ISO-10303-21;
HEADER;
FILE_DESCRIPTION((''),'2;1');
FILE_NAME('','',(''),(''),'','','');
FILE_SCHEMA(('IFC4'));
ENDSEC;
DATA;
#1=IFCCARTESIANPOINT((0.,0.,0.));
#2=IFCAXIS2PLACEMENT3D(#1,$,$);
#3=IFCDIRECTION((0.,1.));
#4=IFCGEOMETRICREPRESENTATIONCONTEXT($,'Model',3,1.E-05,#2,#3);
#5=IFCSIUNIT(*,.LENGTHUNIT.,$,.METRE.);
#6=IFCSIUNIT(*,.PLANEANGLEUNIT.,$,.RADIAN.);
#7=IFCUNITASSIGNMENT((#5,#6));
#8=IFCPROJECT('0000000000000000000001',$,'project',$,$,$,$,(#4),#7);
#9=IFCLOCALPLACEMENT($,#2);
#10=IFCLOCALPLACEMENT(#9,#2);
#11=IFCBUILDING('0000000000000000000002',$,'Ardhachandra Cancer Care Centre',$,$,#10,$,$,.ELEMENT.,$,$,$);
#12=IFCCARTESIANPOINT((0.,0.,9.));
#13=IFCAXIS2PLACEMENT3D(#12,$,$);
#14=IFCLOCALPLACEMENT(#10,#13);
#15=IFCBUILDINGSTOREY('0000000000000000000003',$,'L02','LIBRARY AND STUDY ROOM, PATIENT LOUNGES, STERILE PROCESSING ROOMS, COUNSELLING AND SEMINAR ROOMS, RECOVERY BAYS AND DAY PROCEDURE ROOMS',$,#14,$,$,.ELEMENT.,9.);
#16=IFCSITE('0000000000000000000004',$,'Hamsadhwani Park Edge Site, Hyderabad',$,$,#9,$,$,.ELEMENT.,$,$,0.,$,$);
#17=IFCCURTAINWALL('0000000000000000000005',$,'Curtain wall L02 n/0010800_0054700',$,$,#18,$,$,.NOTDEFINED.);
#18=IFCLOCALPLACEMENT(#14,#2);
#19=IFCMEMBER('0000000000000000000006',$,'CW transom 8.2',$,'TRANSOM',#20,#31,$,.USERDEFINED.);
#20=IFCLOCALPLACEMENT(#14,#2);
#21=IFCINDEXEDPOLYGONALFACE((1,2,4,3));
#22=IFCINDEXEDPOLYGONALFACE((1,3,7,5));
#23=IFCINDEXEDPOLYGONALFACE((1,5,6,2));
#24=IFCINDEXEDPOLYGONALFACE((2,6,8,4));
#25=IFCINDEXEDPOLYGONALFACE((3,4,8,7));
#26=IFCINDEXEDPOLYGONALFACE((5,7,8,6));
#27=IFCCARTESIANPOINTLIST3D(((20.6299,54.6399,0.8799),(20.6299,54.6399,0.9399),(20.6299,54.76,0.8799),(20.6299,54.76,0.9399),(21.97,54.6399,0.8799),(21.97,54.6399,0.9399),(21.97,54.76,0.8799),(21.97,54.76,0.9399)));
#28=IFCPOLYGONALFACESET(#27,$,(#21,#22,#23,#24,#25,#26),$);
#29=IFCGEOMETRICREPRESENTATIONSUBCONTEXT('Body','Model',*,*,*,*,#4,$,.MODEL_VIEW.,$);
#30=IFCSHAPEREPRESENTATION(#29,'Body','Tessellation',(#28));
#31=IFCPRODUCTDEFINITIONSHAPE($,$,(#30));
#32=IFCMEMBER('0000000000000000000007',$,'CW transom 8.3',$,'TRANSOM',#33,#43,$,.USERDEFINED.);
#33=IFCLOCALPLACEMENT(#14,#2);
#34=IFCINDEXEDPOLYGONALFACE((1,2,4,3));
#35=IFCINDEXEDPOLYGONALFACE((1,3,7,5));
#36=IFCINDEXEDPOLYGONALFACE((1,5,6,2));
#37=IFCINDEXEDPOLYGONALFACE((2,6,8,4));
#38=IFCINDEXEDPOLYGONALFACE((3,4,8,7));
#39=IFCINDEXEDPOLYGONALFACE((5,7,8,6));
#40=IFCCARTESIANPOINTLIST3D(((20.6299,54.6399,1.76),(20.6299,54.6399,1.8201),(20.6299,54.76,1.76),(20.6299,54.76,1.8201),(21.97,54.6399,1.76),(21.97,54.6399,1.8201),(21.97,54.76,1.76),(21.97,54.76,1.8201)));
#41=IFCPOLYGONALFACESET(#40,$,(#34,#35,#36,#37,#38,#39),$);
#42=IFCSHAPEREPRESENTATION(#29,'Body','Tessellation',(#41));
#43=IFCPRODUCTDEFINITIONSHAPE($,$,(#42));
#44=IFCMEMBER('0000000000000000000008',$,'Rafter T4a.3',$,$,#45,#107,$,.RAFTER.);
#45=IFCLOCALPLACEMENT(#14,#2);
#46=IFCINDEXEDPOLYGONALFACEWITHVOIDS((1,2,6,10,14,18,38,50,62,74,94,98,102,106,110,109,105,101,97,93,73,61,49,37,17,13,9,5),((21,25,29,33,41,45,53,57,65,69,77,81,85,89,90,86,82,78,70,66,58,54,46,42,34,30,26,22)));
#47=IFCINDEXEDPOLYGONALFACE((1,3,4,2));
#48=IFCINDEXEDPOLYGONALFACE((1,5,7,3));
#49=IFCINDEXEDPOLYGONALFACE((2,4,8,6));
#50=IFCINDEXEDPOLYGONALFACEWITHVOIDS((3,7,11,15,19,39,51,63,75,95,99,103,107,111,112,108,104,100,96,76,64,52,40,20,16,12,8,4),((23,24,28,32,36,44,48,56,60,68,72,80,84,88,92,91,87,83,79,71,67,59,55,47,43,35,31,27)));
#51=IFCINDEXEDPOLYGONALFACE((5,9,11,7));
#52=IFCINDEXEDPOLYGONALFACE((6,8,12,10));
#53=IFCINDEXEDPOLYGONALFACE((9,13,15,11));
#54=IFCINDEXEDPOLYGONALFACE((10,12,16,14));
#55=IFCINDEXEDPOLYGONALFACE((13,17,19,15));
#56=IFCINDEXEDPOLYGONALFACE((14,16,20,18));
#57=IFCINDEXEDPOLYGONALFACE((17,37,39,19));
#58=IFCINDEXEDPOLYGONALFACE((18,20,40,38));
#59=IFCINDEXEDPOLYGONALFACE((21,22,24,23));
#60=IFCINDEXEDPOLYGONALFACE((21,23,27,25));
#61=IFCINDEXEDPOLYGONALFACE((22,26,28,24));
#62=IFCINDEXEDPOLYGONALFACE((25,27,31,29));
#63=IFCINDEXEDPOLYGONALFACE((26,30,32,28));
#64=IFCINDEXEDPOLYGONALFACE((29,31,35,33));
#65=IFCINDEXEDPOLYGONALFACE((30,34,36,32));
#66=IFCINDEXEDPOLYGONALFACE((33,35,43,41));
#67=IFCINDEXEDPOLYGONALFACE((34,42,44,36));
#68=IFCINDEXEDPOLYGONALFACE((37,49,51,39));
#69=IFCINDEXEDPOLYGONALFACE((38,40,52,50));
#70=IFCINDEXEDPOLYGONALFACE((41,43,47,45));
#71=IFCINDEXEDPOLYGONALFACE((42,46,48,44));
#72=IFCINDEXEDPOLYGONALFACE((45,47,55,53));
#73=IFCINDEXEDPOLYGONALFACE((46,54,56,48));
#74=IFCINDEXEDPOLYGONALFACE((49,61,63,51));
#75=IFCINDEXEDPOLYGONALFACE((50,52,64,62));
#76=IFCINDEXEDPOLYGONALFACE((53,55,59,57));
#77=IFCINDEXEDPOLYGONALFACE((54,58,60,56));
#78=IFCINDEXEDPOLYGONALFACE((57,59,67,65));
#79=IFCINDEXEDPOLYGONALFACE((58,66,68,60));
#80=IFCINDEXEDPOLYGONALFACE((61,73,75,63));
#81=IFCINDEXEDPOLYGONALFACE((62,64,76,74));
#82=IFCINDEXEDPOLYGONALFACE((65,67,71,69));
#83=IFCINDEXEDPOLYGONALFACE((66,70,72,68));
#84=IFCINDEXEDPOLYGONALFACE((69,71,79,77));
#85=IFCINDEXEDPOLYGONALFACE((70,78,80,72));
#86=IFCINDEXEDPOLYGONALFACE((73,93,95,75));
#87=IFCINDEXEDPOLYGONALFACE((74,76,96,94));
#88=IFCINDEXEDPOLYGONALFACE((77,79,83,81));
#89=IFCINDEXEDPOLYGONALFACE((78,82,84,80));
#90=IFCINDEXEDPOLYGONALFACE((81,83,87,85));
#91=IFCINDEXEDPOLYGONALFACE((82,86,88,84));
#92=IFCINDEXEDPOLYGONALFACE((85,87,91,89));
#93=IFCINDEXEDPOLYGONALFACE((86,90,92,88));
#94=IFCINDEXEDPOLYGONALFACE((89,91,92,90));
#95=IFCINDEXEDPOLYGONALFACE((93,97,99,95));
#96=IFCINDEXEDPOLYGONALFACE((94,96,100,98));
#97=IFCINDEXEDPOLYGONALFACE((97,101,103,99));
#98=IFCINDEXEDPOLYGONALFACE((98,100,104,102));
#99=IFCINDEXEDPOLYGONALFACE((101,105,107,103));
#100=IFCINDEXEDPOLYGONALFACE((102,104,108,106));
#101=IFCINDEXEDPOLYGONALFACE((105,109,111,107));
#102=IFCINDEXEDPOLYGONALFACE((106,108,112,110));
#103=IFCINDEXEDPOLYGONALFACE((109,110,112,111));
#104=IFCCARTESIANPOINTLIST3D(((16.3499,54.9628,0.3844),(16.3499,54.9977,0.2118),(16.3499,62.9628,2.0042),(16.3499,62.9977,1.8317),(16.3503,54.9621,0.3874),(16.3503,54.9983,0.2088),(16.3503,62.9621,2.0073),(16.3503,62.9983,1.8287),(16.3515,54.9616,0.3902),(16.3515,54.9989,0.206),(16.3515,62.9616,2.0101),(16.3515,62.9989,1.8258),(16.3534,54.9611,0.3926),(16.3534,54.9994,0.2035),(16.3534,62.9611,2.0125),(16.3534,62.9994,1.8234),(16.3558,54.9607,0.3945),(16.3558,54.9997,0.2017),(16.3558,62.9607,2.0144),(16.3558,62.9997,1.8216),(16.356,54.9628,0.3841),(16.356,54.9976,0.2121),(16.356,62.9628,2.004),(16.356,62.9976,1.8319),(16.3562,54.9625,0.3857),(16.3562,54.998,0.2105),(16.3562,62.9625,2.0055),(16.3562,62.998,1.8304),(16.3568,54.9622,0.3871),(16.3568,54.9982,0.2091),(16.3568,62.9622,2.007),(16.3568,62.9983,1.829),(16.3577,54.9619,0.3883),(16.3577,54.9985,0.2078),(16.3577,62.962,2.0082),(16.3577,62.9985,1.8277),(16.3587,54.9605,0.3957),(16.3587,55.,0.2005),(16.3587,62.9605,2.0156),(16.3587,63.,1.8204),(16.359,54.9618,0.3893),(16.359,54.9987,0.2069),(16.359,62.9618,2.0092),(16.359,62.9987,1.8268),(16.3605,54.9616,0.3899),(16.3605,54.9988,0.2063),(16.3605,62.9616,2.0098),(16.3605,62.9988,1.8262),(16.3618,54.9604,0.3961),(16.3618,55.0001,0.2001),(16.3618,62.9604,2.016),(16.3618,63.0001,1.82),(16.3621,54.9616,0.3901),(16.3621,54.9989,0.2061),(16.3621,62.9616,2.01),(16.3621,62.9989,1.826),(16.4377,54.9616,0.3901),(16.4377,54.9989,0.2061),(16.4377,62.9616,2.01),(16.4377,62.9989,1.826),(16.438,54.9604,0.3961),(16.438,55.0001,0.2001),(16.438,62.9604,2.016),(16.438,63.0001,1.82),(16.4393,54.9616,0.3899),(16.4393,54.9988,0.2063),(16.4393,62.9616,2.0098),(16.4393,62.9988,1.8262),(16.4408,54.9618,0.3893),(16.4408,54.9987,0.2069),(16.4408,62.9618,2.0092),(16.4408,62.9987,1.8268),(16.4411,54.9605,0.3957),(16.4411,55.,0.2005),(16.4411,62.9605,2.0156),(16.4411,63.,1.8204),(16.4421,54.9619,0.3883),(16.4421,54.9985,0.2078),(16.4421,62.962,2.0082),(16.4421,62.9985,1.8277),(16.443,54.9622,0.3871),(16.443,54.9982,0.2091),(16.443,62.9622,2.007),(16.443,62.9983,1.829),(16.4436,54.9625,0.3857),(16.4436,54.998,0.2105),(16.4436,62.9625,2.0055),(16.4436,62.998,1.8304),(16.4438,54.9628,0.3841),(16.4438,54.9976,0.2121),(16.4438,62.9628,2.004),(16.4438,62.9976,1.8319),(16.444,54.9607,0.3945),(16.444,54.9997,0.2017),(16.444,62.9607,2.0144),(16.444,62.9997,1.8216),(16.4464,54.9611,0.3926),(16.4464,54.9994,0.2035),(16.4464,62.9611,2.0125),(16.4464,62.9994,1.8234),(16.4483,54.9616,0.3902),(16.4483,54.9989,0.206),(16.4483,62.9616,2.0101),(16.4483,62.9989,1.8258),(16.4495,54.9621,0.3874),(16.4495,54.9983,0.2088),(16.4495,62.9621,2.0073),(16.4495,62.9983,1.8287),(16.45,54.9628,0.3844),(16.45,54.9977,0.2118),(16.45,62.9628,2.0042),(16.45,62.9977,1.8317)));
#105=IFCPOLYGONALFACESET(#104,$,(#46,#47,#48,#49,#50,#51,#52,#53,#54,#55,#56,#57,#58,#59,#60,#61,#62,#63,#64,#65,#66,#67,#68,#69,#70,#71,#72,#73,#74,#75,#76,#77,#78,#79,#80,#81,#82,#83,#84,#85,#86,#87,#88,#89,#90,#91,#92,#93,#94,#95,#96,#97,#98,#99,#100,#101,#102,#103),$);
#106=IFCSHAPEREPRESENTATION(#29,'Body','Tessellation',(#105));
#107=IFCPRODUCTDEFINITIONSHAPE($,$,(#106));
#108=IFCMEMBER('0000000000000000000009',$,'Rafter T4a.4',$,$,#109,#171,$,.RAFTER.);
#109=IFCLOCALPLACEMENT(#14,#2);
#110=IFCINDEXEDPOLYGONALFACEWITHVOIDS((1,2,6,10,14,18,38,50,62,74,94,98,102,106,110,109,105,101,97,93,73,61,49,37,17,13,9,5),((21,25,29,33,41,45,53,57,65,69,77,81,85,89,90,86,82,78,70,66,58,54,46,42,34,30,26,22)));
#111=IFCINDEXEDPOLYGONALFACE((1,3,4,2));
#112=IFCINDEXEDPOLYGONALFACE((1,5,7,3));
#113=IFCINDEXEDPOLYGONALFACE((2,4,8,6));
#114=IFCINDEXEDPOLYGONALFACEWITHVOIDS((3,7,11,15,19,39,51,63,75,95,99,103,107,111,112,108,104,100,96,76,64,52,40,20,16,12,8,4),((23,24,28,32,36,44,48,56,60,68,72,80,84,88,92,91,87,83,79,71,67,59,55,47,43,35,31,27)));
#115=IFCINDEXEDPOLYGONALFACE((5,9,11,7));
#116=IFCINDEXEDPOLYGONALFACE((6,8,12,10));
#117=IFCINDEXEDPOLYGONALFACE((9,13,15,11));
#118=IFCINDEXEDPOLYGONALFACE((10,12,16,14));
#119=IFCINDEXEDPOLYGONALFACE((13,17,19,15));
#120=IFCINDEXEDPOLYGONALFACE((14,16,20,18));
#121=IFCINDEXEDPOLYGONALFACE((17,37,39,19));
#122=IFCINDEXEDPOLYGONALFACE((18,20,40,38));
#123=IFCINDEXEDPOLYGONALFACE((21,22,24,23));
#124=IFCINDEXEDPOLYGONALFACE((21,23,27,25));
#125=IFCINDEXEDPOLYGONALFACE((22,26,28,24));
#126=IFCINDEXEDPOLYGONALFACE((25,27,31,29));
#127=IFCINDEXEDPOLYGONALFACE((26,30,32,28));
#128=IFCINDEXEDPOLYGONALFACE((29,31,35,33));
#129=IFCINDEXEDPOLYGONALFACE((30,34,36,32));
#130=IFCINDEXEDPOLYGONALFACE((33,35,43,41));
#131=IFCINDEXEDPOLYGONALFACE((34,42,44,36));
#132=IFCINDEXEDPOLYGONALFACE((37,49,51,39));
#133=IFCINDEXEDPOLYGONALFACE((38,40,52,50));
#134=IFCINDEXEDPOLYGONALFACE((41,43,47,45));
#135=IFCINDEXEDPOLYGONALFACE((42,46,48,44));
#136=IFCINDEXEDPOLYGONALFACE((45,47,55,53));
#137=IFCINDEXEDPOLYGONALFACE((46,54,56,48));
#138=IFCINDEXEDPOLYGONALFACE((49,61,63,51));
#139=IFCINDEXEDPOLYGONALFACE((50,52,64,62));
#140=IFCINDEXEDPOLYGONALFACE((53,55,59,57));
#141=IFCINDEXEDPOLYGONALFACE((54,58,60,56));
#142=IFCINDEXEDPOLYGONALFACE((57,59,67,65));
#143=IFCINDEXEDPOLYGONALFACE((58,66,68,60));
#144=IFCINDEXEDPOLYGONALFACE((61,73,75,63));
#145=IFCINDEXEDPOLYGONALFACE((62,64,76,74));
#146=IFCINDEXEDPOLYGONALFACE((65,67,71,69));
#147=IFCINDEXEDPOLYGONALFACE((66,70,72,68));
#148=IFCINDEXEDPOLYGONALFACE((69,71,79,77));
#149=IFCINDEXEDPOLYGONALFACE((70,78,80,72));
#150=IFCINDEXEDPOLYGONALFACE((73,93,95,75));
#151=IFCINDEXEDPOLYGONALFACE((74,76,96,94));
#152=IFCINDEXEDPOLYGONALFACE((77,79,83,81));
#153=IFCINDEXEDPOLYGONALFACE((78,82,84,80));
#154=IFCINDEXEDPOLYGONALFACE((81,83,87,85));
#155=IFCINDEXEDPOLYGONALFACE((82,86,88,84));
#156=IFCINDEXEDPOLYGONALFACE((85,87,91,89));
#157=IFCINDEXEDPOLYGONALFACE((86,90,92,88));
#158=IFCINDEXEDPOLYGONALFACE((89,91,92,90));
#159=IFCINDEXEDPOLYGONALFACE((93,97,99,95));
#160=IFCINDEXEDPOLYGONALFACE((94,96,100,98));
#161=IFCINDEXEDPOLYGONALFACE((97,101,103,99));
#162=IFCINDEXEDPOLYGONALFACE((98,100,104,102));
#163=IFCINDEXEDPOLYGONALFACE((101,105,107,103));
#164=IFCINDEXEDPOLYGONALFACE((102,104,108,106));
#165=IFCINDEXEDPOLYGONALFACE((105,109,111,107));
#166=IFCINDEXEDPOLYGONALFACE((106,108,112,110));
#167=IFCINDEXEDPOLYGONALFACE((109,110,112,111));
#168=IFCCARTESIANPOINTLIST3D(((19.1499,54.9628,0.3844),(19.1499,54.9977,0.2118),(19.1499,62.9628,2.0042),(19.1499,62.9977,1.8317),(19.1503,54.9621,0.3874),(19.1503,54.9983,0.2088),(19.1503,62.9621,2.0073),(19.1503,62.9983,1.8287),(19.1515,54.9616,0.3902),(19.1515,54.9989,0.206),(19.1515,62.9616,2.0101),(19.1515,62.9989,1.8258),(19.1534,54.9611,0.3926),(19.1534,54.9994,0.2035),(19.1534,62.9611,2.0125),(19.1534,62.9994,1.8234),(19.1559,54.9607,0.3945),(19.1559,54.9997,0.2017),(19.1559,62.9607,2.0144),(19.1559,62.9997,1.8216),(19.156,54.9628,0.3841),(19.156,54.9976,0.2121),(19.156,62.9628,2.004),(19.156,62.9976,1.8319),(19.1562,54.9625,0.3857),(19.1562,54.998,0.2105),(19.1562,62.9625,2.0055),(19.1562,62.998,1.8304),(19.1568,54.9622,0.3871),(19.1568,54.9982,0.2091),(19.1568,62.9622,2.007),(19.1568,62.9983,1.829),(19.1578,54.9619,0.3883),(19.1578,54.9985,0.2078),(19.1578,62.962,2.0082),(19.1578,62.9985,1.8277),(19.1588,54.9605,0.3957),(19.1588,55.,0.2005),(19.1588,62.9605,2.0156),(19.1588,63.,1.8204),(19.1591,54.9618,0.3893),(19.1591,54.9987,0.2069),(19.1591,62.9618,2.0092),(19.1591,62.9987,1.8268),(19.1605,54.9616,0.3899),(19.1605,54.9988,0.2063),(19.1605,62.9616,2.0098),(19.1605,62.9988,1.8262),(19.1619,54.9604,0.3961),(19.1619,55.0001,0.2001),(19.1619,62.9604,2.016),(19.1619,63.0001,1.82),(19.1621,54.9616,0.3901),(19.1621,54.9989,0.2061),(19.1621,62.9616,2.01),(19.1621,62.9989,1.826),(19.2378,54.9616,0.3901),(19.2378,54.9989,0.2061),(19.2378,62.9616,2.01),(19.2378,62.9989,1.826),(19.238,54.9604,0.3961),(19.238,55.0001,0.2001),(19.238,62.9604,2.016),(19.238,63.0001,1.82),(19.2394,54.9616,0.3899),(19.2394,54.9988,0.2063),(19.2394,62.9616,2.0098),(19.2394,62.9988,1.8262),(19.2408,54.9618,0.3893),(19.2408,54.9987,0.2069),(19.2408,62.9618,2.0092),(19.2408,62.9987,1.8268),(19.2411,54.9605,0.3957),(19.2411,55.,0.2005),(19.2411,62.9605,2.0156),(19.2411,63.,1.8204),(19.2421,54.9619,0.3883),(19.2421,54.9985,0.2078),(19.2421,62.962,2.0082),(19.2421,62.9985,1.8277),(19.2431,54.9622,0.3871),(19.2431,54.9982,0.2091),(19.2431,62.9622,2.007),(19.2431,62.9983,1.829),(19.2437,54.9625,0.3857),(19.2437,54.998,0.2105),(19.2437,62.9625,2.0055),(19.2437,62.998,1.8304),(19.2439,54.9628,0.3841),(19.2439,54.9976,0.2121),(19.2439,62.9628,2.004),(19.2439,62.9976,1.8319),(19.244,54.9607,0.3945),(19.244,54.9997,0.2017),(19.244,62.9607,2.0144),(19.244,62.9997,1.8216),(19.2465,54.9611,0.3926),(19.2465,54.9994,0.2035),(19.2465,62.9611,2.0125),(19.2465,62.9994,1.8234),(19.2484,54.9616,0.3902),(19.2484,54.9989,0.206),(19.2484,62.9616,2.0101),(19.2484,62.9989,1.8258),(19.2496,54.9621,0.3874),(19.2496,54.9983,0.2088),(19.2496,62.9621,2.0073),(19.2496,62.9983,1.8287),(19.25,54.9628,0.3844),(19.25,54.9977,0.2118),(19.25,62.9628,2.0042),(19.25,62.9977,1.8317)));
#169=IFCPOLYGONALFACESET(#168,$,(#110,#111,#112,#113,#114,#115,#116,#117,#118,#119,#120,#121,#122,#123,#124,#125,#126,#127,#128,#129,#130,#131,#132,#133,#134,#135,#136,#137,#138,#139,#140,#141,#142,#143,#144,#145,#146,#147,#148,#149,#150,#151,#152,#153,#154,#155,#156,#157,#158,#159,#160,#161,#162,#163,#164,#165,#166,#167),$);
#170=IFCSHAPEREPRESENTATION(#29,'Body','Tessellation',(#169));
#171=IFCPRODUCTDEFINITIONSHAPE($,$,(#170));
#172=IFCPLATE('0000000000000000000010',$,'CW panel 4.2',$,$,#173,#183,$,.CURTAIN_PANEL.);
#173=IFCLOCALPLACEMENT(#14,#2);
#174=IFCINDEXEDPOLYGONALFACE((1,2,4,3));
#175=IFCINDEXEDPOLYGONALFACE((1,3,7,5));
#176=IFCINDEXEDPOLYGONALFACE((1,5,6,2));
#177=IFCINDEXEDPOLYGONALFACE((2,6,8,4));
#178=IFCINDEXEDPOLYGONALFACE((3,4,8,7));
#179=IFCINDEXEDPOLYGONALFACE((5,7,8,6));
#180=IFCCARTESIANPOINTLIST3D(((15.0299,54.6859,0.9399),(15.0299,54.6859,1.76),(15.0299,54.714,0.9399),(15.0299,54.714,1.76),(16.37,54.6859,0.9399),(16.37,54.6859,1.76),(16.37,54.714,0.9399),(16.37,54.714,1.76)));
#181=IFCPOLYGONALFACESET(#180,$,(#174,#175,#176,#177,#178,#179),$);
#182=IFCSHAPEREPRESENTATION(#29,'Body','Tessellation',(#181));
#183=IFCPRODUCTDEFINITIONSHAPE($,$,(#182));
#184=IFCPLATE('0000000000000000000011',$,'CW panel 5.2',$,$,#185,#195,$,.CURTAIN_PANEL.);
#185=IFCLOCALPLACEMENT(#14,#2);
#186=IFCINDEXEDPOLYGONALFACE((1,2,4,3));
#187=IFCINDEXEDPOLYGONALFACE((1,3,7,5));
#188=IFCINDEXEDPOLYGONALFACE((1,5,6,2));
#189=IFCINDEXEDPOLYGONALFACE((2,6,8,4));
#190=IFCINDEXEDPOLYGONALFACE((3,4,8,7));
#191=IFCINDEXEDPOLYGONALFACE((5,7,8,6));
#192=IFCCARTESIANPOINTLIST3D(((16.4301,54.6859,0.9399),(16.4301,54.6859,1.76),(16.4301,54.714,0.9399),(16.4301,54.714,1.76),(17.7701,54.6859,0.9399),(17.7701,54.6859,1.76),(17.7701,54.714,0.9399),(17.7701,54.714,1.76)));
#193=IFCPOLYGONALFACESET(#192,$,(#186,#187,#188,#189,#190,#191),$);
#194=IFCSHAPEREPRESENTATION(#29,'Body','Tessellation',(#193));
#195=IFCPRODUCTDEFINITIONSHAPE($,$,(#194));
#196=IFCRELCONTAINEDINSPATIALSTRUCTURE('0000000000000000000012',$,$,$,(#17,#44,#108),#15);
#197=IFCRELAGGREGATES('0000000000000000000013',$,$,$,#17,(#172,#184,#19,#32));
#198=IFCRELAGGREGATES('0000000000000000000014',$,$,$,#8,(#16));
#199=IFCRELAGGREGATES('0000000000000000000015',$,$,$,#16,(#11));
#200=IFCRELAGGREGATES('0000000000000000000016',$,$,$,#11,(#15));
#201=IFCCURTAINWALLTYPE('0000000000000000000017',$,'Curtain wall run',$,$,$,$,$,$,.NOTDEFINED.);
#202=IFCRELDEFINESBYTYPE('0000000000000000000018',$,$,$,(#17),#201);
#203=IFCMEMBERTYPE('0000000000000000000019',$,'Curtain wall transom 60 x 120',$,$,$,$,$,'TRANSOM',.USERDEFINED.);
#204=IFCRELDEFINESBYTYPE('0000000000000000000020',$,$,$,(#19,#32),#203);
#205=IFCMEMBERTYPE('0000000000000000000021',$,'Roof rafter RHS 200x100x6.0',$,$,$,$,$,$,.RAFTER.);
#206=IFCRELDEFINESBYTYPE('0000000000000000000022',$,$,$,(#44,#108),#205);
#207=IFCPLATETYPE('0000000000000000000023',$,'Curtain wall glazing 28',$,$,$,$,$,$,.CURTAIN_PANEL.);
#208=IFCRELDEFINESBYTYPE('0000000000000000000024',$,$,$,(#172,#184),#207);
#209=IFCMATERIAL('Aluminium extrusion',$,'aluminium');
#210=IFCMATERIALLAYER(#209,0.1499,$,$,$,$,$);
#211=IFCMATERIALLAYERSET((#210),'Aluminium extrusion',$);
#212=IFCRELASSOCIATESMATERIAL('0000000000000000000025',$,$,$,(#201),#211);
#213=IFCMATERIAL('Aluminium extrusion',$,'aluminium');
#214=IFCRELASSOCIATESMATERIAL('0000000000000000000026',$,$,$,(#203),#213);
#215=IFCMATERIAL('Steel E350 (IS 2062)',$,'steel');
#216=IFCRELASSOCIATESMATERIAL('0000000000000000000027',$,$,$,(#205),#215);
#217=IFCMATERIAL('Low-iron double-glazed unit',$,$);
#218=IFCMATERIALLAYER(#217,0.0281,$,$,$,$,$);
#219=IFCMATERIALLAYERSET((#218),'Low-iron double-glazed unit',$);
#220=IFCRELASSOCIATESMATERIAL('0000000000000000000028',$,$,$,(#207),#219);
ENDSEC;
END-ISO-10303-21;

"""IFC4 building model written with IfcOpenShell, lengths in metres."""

from ifc_helpers import new_model, si_unit, direction, frame, origin, origin_2d, place, context, subcontext, project, spatial, rectangle, hollow_rectangle, extrude, material, layer, layer_set, material_profile, profile_set, type_object, element, aggregate, save


model = new_model("IFC4")

# Units and contexts
model_context = context("Model", 3, precision=1e-05, world=origin(), true_north=direction((0.0, 1.0)))
body_context = subcontext(model_context, "Body", "Model", "MODEL_VIEW")
ifc_project = project(units=[si_unit("LENGTHUNIT", "METRE"), si_unit("PLANEANGLEUNIT", "RADIAN")], contexts=[model_context])

# Site, building, storey
site_placement = place(None, origin())
site = spatial("IfcSite", under=ifc_project, at=site_placement, Name="Hamsadhwani Park Edge Site, Hyderabad", CompositionType="ELEMENT", RefElevation=0.0)
building_placement = place(site_placement, origin())
building = spatial("IfcBuilding", under=site, at=building_placement, Name="Ardhachandra Cancer Care Centre", CompositionType="ELEMENT")
storey_placement = place(building_placement, frame((0.0, 0.0, 9.0)))
storey = spatial("IfcBuildingStorey", under=building, at=storey_placement, Name="L02", Description="LIBRARY AND STUDY ROOM, PATIENT LOUNGES, STERILE PROCESSING ROOMS, COUNSELLING AND SEMINAR ROOMS, RECOVERY BAYS AND DAY PROCEDURE ROOMS", CompositionType="ELEMENT", Elevation=9.0)

# Curtain wall, members
ifc_material_1 = material(Name="Aluminium extrusion", Category="aluminium")
ifc_layer_1 = layer(ifc_material_1, 0.1499)
ifc_layer_set_1 = layer_set([ifc_layer_1], Name="Aluminium extrusion")
curtain_wall_type = type_object("IfcCurtainWallType", Name="Curtain wall run", PredefinedType="NOTDEFINED", material=ifc_layer_set_1)
curtain_wall_placement = place(storey_placement, origin())
curtain_wall = element("IfcCurtainWall", 1, at=curtain_wall_placement, inside=storey, type_object=curtain_wall_type, Name="Curtain wall L02 n/0010800_0054700", PredefinedType="NOTDEFINED")
ifc_material_2 = material(Name="Aluminium extrusion", Category="aluminium")
ifc_material_profile_1 = material_profile(ifc_material_2, rectangle(XDim=0.1201, YDim=0.0601, at=origin_2d()), Name="Curtain wall transom 60 x 120")
ifc_profile_set_1 = profile_set([ifc_material_profile_1], Name="Aluminium extrusion")
member_type_1 = type_object("IfcMemberType", Name="Curtain wall transom 60 x 120", ElementType="TRANSOM", PredefinedType="USERDEFINED", material=ifc_profile_set_1)
member_1_placement = place(storey_placement, frame((20.6299, 54.7, 0.9099), z_axis=(1.0, 0.0, 0.0), x_axis=(0.0, 1.0, 0.0)))
member_1 = element("IfcMember", 2, at=member_1_placement, type_object=member_type_1, Name="CW transom 8.2", ObjectType="TRANSOM", PredefinedType="USERDEFINED", context=body_context, shape_type="SweptSolid", body=[
    extrude(rectangle(XDim=0.1201, YDim=0.0601, at=origin_2d()), origin(), (0.0, 0.0, 1.0), 1.3401),
])
member_2_placement = place(storey_placement, frame((20.6299, 54.7, 1.79), z_axis=(1.0, 0.0, 0.0), x_axis=(0.0, 1.0, 0.0)))
member_2 = element("IfcMember", 3, at=member_2_placement, type_object=member_type_1, Name="CW transom 8.3", ObjectType="TRANSOM", PredefinedType="USERDEFINED", context=body_context, shape_type="SweptSolid", body=[
    extrude(rectangle(XDim=0.1201, YDim=0.0601, at=origin_2d()), origin(), (0.0, 0.0, 1.0), 1.3401),
])

# Members
ifc_material_3 = material(Name="Steel E350 (IS 2062)", Category="steel")
ifc_material_profile_2 = material_profile(ifc_material_3, hollow_rectangle(XDim=0.1001, YDim=0.2, WallThickness=0.0061, InnerFilletRadius=0.0061, OuterFilletRadius=0.012, at=origin_2d()), Name="RHS 200x100x6.0")
ifc_profile_set_2 = profile_set([ifc_material_profile_2], Name="Steel E350 (IS 2062)")
member_type_2 = type_object("IfcMemberType", Name="Roof rafter RHS 200x100x6.0", PredefinedType="RAFTER", material=ifc_profile_set_2)
for number, where, z_axis, x_axis, name in (
    (4, (16.3999, 54.9802, 0.2981), (0.0, 0.98011, 0.198457), (-1.0, 0.0, 0.0), "Rafter T4a.3"),
    (5, (19.2, 54.9802, 0.2981), (0.0, 0.98011, 0.198457), (-1.0, 0.0, 0.0), "Rafter T4a.4"),
):
    element("IfcMember", number, at=place(storey_placement, frame(where, z_axis=z_axis, x_axis=x_axis)), inside=storey, type_object=member_type_2, Name=name, PredefinedType="RAFTER", context=body_context, shape_type="SweptSolid", body=[
        extrude(hollow_rectangle(XDim=0.1001, YDim=0.2, WallThickness=0.0061, InnerFilletRadius=0.0061, OuterFilletRadius=0.012, at=origin_2d()), origin(), (0.0, 0.0, 1.0), 8.1624),
    ])

# Plates
ifc_material_4 = material(Name="Low-iron double-glazed unit")
ifc_layer_2 = layer(ifc_material_4, 0.0281)
ifc_layer_set_2 = layer_set([ifc_layer_2], Name="Low-iron double-glazed unit")
plate_type_1 = type_object("IfcPlateType", Name="Curtain wall glazing 28", PredefinedType="CURTAIN_PANEL", material=ifc_layer_set_2)
plate_1_placement = place(storey_placement, frame((15.7, 54.7, 0.9399), z_axis=(0.0, 0.0, 1.0), x_axis=(1.0, 0.0, 0.0)))
plate_1 = element("IfcPlate", 6, at=plate_1_placement, type_object=plate_type_1, Name="CW panel 4.2", PredefinedType="CURTAIN_PANEL", context=body_context, shape_type="SweptSolid", body=[
    extrude(rectangle(XDim=1.3401, YDim=0.0281, at=origin_2d()), origin(), (0.0, 0.0, 1.0), 0.8201),
])
plate_2_placement = place(storey_placement, frame((17.1001, 54.7, 0.9399), z_axis=(0.0, 0.0, 1.0), x_axis=(1.0, 0.0, 0.0)))
plate_2 = element("IfcPlate", 7, at=plate_2_placement, type_object=plate_type_1, Name="CW panel 5.2", PredefinedType="CURTAIN_PANEL", context=body_context, shape_type="SweptSolid", body=[
    extrude(rectangle(XDim=1.3401, YDim=0.0281, at=origin_2d()), origin(), (0.0, 0.0, 1.0), 0.8201),
])
aggregate(curtain_wall, [plate_1, plate_2, member_1, member_2])

save(model, "model.ifc")
